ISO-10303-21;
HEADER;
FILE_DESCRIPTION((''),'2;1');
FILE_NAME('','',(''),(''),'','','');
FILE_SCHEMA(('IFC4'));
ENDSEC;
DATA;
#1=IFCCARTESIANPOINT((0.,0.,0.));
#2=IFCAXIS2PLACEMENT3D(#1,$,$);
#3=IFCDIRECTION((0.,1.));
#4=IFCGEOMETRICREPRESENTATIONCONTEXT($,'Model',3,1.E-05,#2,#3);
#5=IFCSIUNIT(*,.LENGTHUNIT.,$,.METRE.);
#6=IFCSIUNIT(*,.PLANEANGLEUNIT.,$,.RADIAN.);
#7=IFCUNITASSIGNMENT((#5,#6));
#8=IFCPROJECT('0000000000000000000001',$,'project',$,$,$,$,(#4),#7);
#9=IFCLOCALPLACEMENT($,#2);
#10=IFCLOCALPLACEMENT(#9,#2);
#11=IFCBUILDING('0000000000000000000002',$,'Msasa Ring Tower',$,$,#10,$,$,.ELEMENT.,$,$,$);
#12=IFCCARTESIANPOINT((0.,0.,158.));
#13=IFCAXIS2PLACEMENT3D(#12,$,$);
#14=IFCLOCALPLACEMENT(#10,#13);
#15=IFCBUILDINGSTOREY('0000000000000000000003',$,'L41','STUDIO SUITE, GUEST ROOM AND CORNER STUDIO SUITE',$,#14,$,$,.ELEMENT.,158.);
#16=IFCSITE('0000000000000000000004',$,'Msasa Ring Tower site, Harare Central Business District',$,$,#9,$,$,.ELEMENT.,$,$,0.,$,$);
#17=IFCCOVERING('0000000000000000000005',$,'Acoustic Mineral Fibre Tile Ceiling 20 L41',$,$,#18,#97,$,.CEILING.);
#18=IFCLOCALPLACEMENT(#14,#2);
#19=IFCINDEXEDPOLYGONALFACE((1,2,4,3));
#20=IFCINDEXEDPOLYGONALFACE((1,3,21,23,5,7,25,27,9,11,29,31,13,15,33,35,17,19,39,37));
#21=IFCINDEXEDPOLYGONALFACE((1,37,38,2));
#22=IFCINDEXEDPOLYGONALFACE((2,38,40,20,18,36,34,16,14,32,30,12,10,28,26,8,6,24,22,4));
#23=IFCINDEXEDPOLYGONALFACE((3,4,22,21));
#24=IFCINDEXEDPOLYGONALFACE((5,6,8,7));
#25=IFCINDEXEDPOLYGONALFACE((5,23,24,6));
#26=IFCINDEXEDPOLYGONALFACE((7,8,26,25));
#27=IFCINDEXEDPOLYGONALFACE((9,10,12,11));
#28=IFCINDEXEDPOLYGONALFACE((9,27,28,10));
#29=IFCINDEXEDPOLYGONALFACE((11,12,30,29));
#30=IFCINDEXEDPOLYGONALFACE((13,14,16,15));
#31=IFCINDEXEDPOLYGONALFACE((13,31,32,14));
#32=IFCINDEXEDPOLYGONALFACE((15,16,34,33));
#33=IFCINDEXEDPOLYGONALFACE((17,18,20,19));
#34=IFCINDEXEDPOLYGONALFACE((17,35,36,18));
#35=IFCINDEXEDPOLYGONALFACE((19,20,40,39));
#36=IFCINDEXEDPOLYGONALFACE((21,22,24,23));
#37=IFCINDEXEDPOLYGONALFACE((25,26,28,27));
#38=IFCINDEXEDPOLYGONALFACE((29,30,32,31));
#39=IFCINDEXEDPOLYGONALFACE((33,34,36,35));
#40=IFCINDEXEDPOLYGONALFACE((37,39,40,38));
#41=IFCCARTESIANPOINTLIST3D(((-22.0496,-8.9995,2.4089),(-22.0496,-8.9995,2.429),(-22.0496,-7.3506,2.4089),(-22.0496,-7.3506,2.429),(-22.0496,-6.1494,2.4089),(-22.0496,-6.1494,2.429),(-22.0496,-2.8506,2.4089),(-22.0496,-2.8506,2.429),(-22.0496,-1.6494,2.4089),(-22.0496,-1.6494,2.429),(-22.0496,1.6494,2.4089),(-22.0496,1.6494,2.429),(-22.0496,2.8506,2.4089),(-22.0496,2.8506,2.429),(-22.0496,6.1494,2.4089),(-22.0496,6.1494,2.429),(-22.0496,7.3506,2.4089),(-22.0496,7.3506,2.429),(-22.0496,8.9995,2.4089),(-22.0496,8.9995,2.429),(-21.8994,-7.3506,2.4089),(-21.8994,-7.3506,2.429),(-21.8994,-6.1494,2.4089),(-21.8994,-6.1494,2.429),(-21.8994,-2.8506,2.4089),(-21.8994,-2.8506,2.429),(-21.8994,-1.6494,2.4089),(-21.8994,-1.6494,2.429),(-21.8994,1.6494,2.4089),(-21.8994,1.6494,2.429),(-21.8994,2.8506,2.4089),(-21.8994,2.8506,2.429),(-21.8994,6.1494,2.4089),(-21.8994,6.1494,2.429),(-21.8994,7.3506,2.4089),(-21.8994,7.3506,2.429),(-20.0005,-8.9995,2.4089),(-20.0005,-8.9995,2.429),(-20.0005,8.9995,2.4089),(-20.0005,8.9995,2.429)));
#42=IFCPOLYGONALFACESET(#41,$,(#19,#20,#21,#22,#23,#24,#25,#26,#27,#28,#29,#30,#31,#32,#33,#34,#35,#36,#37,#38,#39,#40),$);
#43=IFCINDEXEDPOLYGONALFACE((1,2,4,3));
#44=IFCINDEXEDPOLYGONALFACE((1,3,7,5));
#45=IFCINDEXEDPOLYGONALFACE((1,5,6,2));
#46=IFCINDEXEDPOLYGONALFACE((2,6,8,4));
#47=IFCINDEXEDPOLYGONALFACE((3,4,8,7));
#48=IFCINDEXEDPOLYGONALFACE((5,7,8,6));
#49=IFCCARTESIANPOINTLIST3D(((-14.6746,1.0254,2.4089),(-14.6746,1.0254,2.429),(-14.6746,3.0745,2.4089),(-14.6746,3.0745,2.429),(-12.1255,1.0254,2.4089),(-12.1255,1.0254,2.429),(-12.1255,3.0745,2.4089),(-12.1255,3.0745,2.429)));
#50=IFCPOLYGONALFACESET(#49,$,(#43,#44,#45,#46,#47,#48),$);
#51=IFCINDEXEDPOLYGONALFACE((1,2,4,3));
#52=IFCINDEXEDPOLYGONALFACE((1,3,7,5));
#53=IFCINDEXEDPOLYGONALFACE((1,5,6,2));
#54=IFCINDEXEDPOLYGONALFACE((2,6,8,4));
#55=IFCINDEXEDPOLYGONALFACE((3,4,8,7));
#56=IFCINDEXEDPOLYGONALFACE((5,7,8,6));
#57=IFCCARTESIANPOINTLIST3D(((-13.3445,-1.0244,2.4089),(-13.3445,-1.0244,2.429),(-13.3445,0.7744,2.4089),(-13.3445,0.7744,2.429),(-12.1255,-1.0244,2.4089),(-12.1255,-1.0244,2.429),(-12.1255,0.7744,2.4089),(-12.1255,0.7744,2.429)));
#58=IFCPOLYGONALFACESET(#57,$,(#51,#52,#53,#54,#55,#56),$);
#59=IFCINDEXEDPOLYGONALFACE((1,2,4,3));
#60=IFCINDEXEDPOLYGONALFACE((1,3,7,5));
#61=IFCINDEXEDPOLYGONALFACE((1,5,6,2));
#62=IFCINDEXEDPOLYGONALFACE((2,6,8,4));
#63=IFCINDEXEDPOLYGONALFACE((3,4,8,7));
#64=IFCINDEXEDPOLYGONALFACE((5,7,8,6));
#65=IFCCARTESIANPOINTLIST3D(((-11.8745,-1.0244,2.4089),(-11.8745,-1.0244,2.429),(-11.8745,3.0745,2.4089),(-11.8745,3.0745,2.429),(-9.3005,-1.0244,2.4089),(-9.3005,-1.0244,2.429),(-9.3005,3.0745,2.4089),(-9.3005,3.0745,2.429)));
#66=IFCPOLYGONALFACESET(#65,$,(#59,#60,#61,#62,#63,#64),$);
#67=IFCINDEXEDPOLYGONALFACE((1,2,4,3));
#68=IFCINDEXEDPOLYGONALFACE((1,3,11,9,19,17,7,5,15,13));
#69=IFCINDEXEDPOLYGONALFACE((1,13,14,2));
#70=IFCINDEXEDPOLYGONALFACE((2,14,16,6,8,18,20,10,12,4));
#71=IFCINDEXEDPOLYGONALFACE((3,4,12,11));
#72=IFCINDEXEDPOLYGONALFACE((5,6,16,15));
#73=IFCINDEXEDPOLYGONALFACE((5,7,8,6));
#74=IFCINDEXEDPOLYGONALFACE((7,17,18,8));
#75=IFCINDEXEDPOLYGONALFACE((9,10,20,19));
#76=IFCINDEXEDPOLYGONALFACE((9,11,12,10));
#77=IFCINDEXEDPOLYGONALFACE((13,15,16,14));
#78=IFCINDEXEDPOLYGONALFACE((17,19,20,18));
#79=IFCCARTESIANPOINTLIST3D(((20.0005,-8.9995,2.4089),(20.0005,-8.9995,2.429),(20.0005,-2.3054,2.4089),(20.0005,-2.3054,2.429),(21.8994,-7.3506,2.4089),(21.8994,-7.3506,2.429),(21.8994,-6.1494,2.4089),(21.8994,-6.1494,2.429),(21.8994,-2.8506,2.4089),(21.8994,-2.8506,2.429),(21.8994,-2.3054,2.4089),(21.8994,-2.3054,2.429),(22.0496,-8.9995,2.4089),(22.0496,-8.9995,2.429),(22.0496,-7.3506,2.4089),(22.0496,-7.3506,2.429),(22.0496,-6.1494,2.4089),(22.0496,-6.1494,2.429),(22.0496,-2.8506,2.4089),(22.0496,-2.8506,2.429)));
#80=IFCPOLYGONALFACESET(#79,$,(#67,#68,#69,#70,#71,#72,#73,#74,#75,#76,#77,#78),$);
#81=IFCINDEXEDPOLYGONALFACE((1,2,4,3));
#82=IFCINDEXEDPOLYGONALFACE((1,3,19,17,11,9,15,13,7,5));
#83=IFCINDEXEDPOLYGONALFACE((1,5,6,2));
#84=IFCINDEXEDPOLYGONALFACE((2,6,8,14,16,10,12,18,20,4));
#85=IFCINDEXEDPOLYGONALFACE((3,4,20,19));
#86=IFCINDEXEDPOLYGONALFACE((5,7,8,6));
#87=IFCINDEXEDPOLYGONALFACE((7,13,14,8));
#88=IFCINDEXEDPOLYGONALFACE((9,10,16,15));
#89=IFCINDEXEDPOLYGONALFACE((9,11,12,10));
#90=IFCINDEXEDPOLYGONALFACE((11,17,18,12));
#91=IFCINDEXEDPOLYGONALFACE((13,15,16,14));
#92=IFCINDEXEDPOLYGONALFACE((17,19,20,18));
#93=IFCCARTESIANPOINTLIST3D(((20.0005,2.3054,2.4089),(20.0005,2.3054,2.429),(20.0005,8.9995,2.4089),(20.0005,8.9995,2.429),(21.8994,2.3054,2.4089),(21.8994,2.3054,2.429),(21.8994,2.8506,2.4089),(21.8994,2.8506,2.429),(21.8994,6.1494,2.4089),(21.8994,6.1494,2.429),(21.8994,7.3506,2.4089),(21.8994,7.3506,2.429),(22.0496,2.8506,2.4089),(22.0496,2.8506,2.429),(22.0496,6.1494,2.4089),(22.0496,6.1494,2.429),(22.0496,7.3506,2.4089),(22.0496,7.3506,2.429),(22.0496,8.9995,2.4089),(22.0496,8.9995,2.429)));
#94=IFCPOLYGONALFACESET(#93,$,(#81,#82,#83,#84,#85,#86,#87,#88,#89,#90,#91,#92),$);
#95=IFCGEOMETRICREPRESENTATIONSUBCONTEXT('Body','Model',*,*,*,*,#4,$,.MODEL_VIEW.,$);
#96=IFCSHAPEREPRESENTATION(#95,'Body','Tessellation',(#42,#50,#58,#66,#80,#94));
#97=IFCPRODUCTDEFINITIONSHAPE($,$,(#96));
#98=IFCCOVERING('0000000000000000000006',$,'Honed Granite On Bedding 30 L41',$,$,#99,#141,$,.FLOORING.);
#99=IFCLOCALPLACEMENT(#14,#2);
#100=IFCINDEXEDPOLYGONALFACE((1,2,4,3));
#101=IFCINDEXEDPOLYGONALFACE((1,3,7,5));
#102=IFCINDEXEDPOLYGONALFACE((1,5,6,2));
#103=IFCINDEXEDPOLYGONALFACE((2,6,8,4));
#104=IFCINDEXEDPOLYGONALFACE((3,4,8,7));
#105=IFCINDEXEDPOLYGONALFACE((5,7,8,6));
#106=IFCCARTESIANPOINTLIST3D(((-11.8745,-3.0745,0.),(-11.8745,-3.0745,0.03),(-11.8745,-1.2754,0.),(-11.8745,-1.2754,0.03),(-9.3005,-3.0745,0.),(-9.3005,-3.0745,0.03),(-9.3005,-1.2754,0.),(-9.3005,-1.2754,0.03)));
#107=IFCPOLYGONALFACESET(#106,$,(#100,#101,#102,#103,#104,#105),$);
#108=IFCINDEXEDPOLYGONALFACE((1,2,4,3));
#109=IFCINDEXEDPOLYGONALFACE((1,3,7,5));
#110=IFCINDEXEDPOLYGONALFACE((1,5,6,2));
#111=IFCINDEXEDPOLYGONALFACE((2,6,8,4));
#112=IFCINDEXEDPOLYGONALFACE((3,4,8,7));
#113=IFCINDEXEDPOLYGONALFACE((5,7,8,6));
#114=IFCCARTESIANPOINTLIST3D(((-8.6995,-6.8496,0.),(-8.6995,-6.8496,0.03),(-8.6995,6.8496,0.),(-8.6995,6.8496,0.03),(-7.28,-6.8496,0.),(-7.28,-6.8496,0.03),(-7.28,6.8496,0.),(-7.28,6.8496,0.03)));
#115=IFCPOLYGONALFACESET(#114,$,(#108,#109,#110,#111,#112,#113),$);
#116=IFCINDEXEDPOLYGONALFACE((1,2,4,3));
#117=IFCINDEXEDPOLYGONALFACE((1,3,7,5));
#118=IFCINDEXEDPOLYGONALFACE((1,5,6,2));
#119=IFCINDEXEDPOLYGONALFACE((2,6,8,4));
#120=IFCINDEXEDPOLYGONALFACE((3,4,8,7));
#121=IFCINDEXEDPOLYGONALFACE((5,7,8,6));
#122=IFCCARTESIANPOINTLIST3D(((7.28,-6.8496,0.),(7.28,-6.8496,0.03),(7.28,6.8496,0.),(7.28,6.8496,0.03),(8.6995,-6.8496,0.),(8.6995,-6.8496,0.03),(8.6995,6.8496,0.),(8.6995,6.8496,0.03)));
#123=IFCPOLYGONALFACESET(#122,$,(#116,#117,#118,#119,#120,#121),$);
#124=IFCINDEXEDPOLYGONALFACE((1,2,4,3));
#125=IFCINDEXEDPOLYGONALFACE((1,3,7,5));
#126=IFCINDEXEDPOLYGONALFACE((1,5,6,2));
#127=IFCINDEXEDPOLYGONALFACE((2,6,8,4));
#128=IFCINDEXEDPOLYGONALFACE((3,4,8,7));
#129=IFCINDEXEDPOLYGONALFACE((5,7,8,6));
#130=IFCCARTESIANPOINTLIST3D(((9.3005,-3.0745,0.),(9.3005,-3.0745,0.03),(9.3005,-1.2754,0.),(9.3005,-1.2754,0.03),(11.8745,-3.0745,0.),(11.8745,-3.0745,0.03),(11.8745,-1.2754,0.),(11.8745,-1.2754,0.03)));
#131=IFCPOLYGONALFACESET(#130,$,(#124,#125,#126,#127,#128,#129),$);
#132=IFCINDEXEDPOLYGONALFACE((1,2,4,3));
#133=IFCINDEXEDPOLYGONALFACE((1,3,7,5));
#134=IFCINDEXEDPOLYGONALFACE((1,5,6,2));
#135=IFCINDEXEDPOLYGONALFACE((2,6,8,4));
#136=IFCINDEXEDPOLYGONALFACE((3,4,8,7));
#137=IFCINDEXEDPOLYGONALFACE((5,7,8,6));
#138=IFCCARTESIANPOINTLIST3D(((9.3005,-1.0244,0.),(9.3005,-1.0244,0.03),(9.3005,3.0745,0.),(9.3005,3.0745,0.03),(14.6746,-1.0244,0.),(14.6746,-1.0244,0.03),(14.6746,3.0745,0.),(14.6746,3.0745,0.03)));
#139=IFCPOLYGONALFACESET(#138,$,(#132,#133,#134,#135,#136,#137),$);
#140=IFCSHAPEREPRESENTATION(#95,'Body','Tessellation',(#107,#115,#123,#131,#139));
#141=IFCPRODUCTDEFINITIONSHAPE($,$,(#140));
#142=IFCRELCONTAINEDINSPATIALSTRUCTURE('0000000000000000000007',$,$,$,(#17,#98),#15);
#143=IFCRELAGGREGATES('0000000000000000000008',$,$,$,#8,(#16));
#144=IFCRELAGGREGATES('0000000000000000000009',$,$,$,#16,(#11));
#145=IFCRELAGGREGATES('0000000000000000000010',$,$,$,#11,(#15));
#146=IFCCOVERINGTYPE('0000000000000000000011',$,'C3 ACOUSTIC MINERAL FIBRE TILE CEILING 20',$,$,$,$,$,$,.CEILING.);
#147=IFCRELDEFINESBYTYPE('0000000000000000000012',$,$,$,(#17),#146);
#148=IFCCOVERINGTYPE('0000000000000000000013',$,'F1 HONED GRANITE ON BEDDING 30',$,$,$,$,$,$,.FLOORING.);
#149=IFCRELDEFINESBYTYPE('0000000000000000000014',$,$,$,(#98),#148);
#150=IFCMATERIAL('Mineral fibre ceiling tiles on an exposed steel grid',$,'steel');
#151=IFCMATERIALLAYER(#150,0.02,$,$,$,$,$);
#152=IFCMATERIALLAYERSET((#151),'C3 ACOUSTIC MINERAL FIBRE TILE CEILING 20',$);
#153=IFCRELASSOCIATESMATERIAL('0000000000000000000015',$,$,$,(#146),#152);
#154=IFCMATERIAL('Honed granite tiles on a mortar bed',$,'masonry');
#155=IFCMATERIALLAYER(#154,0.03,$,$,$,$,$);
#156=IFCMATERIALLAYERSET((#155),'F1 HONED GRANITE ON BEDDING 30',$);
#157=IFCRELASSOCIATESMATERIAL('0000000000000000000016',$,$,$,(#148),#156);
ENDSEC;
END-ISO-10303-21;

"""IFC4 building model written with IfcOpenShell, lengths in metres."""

from ifc_helpers import new_model, si_unit, direction, frame, origin, place, context, subcontext, project, spatial, line, indexed_curve, outline, extrude, material, layer, layer_set, type_object, element, save


model = new_model("IFC4")

# Units and contexts
model_context = context("Model", 3, precision=1e-05, world=origin(), true_north=direction((0.0, 1.0)))
body_context = subcontext(model_context, "Body", "Model", "MODEL_VIEW")
ifc_project = project(units=[si_unit("LENGTHUNIT", "METRE"), si_unit("PLANEANGLEUNIT", "RADIAN")], contexts=[model_context])

# Site, building, storey
site_placement = place(None, origin())
site = spatial("IfcSite", under=ifc_project, at=site_placement, Name="Msasa Ring Tower site, Harare Central Business District", CompositionType="ELEMENT", RefElevation=0.0)
building_placement = place(site_placement, origin())
building = spatial("IfcBuilding", under=site, at=building_placement, Name="Msasa Ring Tower", CompositionType="ELEMENT")
storey_placement = place(building_placement, frame((0.0, 0.0, 158.0)))
storey = spatial("IfcBuildingStorey", under=building, at=storey_placement, Name="L41", Description="STUDIO SUITE, GUEST ROOM AND CORNER STUDIO SUITE", CompositionType="ELEMENT", Elevation=158.0)

# Coverings
ifc_material_1 = material(Name="Mineral fibre ceiling tiles on an exposed steel grid", Category="steel")
ifc_layer_1 = layer(ifc_material_1, 0.02)
ifc_layer_set_1 = layer_set([ifc_layer_1], Name="C3 ACOUSTIC MINERAL FIBRE TILE CEILING 20")
covering_type_1 = type_object("IfcCoveringType", Name="C3 ACOUSTIC MINERAL FIBRE TILE CEILING 20", PredefinedType="CEILING", material=ifc_layer_set_1)
covering_1_placement = place(storey_placement, frame((0.0, 0.0, 2.4089)))
element("IfcCovering", 1, at=covering_1_placement, inside=storey, type_object=covering_type_1, Name="Acoustic Mineral Fibre Tile Ceiling 20 L41", PredefinedType="CEILING", context=body_context, shape_type="SweptSolid", body=[
    extrude(outline(indexed_curve([(-20.0005, 8.9995), (-20.0005, -8.9995), (-22.0496, -8.9995), (-22.0496, -7.3506), (-21.8994, -7.3506), (-21.8994, -6.1494), (-22.0496, -6.1494), (-22.0496, -2.8506), (-21.8994, -2.8506), (-21.8994, -1.6494), (-22.0496, -1.6494), (-22.0496, 1.6494), (-21.8994, 1.6494), (-21.8994, 2.8506), (-22.0496, 2.8506), (-22.0496, 6.1494), (-21.8994, 6.1494), (-21.8994, 7.3506), (-22.0496, 7.3506), (-22.0496, 8.9995)], segments=[line(1, 2, 3, 4, 5, 6, 7, 8, 9, 10, 11, 12, 13, 14, 15, 16, 17, 18, 19, 20, 1)], self_intersect=False)), origin(), (0.0, 0.0, 1.0), 0.02),
    extrude(outline(indexed_curve([(-14.6746, 3.0745), (-12.1255, 3.0745), (-12.1255, 1.0254), (-14.6746, 1.0254)], segments=[line(1, 2, 3, 4, 1)], self_intersect=False)), origin(), (0.0, 0.0, 1.0), 0.02),
    extrude(outline(indexed_curve([(-13.3445, -1.0244), (-13.3445, 0.7744), (-12.1255, 0.7744), (-12.1255, -1.0244)], segments=[line(1, 2, 3, 4, 1)], self_intersect=False)), origin(), (0.0, 0.0, 1.0), 0.02),
    extrude(outline(indexed_curve([(-9.3005, -1.0244), (-11.8745, -1.0244), (-11.8745, 3.0745), (-9.3005, 3.0745)], segments=[line(1, 2, 3, 4, 1)], self_intersect=False)), origin(), (0.0, 0.0, 1.0), 0.02),
    extrude(outline(indexed_curve([(21.8994, -2.3054), (21.8994, -2.8506), (22.0496, -2.8506), (22.0496, -6.1494), (21.8994, -6.1494), (21.8994, -7.3506), (22.0496, -7.3506), (22.0496, -8.9995), (20.0005, -8.9995), (20.0005, -2.3054)], segments=[line(1, 2, 3, 4, 5, 6, 7, 8, 9, 10, 1)], self_intersect=False)), origin(), (0.0, 0.0, 1.0), 0.02),
    extrude(outline(indexed_curve([(22.0496, 7.3506), (21.8994, 7.3506), (21.8994, 6.1494), (22.0496, 6.1494), (22.0496, 2.8506), (21.8994, 2.8506), (21.8994, 2.3054), (20.0005, 2.3054), (20.0005, 8.9995), (22.0496, 8.9995)], segments=[line(1, 2, 3, 4, 5, 6, 7, 8, 9, 10, 1)], self_intersect=False)), origin(), (0.0, 0.0, 1.0), 0.02),
])
ifc_material_2 = material(Name="Honed granite tiles on a mortar bed", Category="masonry")
ifc_layer_2 = layer(ifc_material_2, 0.03)
ifc_layer_set_2 = layer_set([ifc_layer_2], Name="F1 HONED GRANITE ON BEDDING 30")
covering_type_2 = type_object("IfcCoveringType", Name="F1 HONED GRANITE ON BEDDING 30", PredefinedType="FLOORING", material=ifc_layer_set_2)
covering_2_placement = place(storey_placement, origin())
element("IfcCovering", 2, at=covering_2_placement, inside=storey, type_object=covering_type_2, Name="Honed Granite On Bedding 30 L41", PredefinedType="FLOORING", context=body_context, shape_type="SweptSolid", body=[
    extrude(outline(indexed_curve([(-11.8745, -3.0745), (-11.8745, -1.2754), (-9.3005, -1.2754), (-9.3005, -3.0745)], segments=[line(1, 2, 3, 4, 1)], self_intersect=False)), origin(), (0.0, 0.0, 1.0), 0.03),
    extrude(outline(indexed_curve([(-8.6995, -6.8496), (-8.6995, 6.8496), (-7.28, 6.8496), (-7.28, -6.8496)], segments=[line(1, 2, 3, 4, 1)], self_intersect=False)), origin(), (0.0, 0.0, 1.0), 0.03),
    extrude(outline(indexed_curve([(8.6995, 6.8496), (8.6995, -6.8496), (7.28, -6.8496), (7.28, 6.8496)], segments=[line(1, 2, 3, 4, 1)], self_intersect=False)), origin(), (0.0, 0.0, 1.0), 0.03),
    extrude(outline(indexed_curve([(9.3005, -3.0745), (9.3005, -1.2754), (11.8745, -1.2754), (11.8745, -3.0745)], segments=[line(1, 2, 3, 4, 1)], self_intersect=False)), origin(), (0.0, 0.0, 1.0), 0.03),
    extrude(outline(indexed_curve([(9.3005, 3.0745), (14.6746, 3.0745), (14.6746, -1.0244), (9.3005, -1.0244)], segments=[line(1, 2, 3, 4, 1)], self_intersect=False)), origin(), (0.0, 0.0, 1.0), 0.03),
])

save(model, "model.ifc")
